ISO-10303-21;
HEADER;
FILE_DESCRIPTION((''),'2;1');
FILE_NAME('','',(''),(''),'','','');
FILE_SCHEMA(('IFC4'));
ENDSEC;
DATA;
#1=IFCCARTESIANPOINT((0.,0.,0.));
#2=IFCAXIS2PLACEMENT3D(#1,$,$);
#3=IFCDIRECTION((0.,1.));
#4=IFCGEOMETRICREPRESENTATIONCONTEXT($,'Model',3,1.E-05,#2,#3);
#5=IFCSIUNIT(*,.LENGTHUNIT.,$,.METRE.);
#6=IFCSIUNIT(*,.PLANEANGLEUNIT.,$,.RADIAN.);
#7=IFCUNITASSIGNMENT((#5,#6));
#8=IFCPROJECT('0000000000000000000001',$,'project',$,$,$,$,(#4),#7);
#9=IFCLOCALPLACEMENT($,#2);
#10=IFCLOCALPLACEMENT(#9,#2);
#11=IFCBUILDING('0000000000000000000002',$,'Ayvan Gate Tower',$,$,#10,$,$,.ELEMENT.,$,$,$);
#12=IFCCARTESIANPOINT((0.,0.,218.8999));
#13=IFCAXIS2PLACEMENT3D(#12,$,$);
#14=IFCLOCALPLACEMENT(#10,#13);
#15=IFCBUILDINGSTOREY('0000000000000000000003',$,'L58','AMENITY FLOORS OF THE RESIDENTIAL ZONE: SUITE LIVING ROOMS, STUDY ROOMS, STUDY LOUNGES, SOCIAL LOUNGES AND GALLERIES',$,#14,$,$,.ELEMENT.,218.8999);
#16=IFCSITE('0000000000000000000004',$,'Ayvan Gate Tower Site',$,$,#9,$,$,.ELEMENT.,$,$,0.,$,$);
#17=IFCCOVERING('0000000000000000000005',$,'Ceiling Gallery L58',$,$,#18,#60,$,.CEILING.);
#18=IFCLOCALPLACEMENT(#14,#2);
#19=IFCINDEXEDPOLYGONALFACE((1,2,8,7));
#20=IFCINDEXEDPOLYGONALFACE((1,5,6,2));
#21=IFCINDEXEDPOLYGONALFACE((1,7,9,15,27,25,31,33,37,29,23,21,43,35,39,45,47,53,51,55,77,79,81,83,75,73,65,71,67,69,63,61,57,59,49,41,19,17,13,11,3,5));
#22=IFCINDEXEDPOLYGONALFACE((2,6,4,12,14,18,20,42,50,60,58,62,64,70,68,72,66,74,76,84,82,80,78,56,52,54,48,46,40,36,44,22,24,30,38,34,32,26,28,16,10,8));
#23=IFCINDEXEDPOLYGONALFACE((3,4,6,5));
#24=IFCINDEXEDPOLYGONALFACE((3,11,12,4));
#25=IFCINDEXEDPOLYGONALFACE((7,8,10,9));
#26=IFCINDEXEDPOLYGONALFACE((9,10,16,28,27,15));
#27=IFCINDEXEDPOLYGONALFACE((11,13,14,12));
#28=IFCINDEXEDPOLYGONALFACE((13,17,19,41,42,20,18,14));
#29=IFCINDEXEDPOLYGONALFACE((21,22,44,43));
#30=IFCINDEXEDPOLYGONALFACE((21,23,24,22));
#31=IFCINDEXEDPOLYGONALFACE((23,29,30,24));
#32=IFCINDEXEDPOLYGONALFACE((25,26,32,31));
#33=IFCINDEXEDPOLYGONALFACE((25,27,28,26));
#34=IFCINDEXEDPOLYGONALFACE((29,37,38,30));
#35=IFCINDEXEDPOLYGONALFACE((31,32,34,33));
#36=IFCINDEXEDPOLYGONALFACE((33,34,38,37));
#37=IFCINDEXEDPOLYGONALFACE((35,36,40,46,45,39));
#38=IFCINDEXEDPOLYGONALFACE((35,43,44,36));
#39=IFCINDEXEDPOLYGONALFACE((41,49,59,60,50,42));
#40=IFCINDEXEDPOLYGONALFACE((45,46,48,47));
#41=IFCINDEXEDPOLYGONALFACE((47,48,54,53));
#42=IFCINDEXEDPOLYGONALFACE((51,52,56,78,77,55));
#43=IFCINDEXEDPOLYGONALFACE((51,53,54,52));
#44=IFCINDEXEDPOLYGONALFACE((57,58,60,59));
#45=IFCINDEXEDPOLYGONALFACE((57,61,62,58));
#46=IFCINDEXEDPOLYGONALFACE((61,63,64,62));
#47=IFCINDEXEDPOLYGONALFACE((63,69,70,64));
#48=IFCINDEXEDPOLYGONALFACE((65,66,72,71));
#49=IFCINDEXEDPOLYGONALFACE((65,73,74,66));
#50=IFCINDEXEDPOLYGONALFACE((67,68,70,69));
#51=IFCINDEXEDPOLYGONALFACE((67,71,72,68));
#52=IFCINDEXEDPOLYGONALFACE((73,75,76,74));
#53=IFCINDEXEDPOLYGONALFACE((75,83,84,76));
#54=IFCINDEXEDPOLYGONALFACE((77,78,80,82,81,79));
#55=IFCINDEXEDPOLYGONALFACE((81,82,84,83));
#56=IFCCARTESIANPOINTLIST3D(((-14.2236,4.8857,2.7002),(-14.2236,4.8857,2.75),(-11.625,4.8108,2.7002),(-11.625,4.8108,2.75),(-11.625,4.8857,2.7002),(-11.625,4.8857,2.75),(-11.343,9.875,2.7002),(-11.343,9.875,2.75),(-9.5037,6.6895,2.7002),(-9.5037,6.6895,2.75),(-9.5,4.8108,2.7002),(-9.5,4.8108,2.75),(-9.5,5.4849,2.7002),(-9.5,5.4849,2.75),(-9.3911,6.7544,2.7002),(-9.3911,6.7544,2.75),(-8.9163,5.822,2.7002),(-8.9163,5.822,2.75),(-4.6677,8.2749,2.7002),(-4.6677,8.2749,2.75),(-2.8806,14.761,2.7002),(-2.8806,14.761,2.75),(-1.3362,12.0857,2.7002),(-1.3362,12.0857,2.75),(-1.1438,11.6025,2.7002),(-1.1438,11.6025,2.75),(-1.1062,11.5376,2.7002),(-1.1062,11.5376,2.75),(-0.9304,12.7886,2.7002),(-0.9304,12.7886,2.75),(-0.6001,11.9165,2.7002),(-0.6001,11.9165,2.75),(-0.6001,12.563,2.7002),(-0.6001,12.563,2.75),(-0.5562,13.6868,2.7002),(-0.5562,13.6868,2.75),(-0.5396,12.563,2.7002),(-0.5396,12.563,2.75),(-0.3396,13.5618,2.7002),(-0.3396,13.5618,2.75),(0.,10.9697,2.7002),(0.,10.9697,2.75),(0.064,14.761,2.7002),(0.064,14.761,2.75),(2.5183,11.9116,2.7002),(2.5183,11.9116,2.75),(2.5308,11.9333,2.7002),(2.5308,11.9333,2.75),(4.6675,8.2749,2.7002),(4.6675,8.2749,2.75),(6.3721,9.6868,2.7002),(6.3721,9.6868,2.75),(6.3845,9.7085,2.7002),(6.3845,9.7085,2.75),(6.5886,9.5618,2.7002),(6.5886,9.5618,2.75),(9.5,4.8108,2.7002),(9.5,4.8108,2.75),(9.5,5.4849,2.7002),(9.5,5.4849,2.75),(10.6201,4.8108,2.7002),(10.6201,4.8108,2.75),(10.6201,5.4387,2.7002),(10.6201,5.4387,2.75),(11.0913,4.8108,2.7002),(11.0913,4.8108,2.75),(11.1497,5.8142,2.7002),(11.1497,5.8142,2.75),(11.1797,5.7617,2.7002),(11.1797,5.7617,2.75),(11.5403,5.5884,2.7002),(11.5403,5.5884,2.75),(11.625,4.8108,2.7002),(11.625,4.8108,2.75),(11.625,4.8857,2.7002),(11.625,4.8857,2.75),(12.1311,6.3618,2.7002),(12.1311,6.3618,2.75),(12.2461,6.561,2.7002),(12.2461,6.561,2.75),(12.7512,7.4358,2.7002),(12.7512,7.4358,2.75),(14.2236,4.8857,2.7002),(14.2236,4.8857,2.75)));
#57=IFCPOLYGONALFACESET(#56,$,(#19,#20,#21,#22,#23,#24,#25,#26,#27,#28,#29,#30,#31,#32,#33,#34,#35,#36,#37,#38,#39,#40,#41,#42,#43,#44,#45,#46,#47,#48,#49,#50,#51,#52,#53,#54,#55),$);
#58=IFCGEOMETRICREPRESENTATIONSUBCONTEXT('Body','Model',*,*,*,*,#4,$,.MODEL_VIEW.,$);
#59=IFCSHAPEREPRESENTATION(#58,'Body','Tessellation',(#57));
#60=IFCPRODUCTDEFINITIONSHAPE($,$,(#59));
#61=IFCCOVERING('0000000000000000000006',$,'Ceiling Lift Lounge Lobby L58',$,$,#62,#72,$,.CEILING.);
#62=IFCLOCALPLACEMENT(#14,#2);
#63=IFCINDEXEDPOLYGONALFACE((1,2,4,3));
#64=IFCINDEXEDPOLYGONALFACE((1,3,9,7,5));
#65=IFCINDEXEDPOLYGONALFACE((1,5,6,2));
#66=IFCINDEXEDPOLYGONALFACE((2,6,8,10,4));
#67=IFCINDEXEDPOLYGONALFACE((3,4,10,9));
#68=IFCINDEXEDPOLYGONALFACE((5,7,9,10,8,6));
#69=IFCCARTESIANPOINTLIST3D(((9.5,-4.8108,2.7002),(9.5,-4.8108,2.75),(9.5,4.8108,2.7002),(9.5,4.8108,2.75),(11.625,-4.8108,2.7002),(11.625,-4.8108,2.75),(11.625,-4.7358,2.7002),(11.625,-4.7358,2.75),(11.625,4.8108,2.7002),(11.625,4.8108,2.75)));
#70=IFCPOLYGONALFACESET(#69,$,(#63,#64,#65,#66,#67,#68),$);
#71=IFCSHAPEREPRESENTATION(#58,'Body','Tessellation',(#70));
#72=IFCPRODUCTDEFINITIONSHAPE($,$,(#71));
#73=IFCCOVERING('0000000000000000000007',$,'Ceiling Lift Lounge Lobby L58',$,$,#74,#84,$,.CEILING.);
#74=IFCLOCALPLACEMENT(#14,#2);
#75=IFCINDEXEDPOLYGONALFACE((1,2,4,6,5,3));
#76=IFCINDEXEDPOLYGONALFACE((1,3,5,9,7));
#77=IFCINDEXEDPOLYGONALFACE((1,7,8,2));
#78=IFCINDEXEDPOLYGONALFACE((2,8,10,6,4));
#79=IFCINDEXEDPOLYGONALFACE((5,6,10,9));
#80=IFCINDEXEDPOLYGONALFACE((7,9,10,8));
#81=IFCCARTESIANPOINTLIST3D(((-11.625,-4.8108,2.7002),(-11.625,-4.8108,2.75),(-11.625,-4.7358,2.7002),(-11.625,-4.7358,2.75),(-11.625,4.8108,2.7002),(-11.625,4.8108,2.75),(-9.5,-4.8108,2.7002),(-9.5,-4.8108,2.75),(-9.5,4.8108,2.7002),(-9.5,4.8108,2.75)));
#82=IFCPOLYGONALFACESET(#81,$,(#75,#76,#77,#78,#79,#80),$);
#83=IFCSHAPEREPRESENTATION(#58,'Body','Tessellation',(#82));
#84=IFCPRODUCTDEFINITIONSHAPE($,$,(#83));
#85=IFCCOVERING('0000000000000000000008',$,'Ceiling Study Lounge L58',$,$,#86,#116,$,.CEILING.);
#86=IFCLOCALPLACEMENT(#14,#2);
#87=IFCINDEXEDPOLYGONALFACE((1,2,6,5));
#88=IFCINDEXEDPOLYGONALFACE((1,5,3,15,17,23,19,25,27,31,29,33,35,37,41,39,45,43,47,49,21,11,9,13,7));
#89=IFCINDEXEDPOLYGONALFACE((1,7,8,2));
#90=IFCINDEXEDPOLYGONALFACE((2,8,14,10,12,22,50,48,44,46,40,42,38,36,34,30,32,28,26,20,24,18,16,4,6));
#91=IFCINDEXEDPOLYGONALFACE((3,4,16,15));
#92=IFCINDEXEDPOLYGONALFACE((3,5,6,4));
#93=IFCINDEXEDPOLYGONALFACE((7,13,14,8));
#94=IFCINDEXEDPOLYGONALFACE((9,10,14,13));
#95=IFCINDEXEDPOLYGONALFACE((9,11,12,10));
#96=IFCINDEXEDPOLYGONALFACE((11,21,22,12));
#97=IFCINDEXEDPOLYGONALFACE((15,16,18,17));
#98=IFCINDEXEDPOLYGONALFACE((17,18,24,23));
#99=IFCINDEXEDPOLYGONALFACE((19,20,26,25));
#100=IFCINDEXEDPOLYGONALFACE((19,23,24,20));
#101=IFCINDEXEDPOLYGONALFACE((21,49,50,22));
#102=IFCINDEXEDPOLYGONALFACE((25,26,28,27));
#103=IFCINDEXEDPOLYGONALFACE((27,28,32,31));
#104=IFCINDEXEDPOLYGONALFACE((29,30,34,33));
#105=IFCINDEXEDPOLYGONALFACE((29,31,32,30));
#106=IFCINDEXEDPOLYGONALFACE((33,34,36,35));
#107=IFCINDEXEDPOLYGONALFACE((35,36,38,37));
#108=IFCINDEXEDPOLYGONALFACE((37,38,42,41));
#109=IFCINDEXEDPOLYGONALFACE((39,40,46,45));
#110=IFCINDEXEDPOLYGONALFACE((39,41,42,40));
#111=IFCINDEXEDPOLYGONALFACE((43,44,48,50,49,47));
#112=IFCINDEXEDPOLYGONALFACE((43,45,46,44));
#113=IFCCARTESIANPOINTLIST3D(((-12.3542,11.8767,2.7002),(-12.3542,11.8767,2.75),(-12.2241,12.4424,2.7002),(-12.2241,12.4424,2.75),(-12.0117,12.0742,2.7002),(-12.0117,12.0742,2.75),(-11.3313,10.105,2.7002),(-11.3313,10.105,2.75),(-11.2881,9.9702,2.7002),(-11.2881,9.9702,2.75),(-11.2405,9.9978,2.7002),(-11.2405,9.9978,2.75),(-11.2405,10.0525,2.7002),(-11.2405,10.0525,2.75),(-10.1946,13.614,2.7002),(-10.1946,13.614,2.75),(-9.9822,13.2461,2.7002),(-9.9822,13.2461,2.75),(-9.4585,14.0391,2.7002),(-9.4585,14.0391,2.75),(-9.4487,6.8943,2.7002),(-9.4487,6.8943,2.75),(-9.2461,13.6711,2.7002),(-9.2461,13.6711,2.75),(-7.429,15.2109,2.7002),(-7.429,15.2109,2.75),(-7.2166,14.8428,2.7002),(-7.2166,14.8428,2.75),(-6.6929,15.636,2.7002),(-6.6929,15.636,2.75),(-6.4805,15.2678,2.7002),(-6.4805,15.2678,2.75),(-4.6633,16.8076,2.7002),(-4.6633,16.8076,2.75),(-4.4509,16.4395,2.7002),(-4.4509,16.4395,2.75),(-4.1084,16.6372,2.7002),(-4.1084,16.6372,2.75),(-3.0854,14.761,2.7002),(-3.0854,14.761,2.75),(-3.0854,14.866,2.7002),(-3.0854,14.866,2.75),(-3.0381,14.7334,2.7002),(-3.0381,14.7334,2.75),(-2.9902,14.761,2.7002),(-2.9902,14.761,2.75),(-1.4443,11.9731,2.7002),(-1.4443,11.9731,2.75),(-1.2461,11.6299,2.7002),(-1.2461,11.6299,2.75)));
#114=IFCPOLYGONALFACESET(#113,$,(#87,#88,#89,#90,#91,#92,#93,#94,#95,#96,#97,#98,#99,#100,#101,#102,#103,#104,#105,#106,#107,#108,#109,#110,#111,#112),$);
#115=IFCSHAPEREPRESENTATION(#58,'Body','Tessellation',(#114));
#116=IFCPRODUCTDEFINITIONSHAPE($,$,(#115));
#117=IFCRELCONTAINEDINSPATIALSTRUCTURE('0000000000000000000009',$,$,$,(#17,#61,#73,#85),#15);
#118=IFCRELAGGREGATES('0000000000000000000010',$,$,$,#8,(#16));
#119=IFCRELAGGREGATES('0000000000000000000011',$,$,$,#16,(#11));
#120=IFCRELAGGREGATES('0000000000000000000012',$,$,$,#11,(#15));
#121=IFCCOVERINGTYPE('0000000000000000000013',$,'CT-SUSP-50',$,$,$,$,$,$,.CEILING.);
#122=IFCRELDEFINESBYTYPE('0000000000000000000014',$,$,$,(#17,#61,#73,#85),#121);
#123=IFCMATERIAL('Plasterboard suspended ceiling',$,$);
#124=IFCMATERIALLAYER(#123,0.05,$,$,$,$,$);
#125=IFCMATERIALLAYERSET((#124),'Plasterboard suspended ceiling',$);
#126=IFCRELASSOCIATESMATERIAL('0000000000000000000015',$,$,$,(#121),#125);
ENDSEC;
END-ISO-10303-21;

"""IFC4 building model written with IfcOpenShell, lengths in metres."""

from ifc_helpers import new_model, si_unit, direction, frame, origin, place, context, subcontext, project, spatial, polyline, outline, extrude, material, layer, layer_set, type_object, element, save


model = new_model("IFC4")

# Units and contexts
model_context = context("Model", 3, precision=1e-05, world=origin(), true_north=direction((0.0, 1.0)))
body_context = subcontext(model_context, "Body", "Model", "MODEL_VIEW")
ifc_project = project(units=[si_unit("LENGTHUNIT", "METRE"), si_unit("PLANEANGLEUNIT", "RADIAN")], contexts=[model_context])

# Site, building, storey
site_placement = place(None, origin())
site = spatial("IfcSite", under=ifc_project, at=site_placement, Name="Ayvan Gate Tower Site", CompositionType="ELEMENT", RefElevation=0.0)
building_placement = place(site_placement, origin())
building = spatial("IfcBuilding", under=site, at=building_placement, Name="Ayvan Gate Tower", CompositionType="ELEMENT")
storey_placement = place(building_placement, frame((0.0, 0.0, 218.8999)))
storey = spatial("IfcBuildingStorey", under=building, at=storey_placement, Name="L58", Description="AMENITY FLOORS OF THE RESIDENTIAL ZONE: SUITE LIVING ROOMS, STUDY ROOMS, STUDY LOUNGES, SOCIAL LOUNGES AND GALLERIES", CompositionType="ELEMENT", Elevation=218.8999)

# Coverings
ifc_material_1 = material(Name="Plasterboard suspended ceiling")
ifc_layer_1 = layer(ifc_material_1, 0.05)
ifc_layer_set_1 = layer_set([ifc_layer_1], Name="Plasterboard suspended ceiling")
covering_type = type_object("IfcCoveringType", Name="CT-SUSP-50", PredefinedType="CEILING", material=ifc_layer_set_1)
covering_1_placement = place(storey_placement, frame((0.0, 0.0, 2.7002)))
element("IfcCovering", 1, at=covering_1_placement, inside=storey, type_object=covering_type, Name="Ceiling Gallery L58", PredefinedType="CEILING", context=body_context, shape_type="SweptSolid", body=[
    extrude(outline(polyline([(-14.2236, 4.8857), (-11.343, 9.875), (-9.5037, 6.6895), (-9.3911, 6.7544), (-1.1062, 11.5376), (-1.1438, 11.6025), (-0.6001, 11.9165), (-0.6001, 12.563), (-0.5396, 12.563), (-0.9304, 12.7886), (-1.3362, 12.0857), (-2.8806, 14.761), (0.064, 14.761), (-0.5562, 13.6868), (-0.3396, 13.5618), (2.5183, 11.9116), (2.5308, 11.9333), (6.3845, 9.7085), (6.3721, 9.6868), (6.5886, 9.5618), (12.1311, 6.3618), (12.2461, 6.561), (12.7512, 7.4358), (14.2236, 4.8857), (11.625, 4.8857), (11.625, 4.8108), (11.0913, 4.8108), (11.5403, 5.5884), (11.1497, 5.8142), (11.1797, 5.7617), (10.6201, 5.4387), (10.6201, 4.8108), (9.5, 4.8108), (9.5, 5.4849), (4.6675, 8.2749), (0.0, 10.9697), (-4.6677, 8.2749), (-8.9163, 5.822), (-9.5, 5.4849), (-9.5, 4.8108), (-11.625, 4.8108), (-11.625, 4.8857), (-14.2236, 4.8857)])), origin(), (0.0, 0.0, 1.0), 0.0498),
])
covering_2_placement = place(storey_placement, frame((0.0, 0.0, 2.7002)))
element("IfcCovering", 2, at=covering_2_placement, inside=storey, type_object=covering_type, Name="Ceiling Lift Lounge Lobby L58", PredefinedType="CEILING", context=body_context, shape_type="SweptSolid", body=[
    extrude(outline(polyline([(11.625, -4.8108), (9.5, -4.8108), (9.5, 4.8108), (11.625, 4.8108), (11.625, -4.7358), (11.625, -4.7358), (11.625, -4.8108)])), origin(), (0.0, 0.0, 1.0), 0.0498),
])
covering_3_placement = place(storey_placement, frame((0.0, 0.0, 2.7002)))
element("IfcCovering", 3, at=covering_3_placement, inside=storey, type_object=covering_type, Name="Ceiling Lift Lounge Lobby L58", PredefinedType="CEILING", context=body_context, shape_type="SweptSolid", body=[
    extrude(outline(polyline([(-11.625, -4.7358), (-11.625, 4.8108), (-9.5, 4.8108), (-9.5, -4.8108), (-11.625, -4.8108), (-11.625, -4.7358)])), origin(), (0.0, 0.0, 1.0), 0.0498),
])
covering_4_placement = place(storey_placement, frame((0.0, 0.0, 2.7002)))
element("IfcCovering", 4, at=covering_4_placement, inside=storey, type_object=covering_type, Name="Ceiling Study Lounge L58", PredefinedType="CEILING", context=body_context, shape_type="SweptSolid", body=[
    extrude(outline(polyline([(-12.3542, 11.8767), (-12.0117, 12.0742), (-12.2241, 12.4424), (-10.1946, 13.614), (-9.9822, 13.2461), (-9.2461, 13.6711), (-9.4585, 14.0391), (-7.429, 15.2109), (-7.2166, 14.8428), (-6.4805, 15.2678), (-6.6929, 15.636), (-4.6633, 16.8076), (-4.4509, 16.4395), (-4.1084, 16.6372), (-3.0854, 14.866), (-3.0854, 14.761), (-2.9902, 14.761), (-3.0381, 14.7334), (-1.4443, 11.9731), (-1.2461, 11.6299), (-9.4487, 6.8943), (-11.2405, 9.9978), (-11.2881, 9.9702), (-11.2405, 10.0525), (-11.3313, 10.105), (-12.3542, 11.8767)])), origin(), (0.0, 0.0, 1.0), 0.0498),
])

save(model, "model.ifc")
